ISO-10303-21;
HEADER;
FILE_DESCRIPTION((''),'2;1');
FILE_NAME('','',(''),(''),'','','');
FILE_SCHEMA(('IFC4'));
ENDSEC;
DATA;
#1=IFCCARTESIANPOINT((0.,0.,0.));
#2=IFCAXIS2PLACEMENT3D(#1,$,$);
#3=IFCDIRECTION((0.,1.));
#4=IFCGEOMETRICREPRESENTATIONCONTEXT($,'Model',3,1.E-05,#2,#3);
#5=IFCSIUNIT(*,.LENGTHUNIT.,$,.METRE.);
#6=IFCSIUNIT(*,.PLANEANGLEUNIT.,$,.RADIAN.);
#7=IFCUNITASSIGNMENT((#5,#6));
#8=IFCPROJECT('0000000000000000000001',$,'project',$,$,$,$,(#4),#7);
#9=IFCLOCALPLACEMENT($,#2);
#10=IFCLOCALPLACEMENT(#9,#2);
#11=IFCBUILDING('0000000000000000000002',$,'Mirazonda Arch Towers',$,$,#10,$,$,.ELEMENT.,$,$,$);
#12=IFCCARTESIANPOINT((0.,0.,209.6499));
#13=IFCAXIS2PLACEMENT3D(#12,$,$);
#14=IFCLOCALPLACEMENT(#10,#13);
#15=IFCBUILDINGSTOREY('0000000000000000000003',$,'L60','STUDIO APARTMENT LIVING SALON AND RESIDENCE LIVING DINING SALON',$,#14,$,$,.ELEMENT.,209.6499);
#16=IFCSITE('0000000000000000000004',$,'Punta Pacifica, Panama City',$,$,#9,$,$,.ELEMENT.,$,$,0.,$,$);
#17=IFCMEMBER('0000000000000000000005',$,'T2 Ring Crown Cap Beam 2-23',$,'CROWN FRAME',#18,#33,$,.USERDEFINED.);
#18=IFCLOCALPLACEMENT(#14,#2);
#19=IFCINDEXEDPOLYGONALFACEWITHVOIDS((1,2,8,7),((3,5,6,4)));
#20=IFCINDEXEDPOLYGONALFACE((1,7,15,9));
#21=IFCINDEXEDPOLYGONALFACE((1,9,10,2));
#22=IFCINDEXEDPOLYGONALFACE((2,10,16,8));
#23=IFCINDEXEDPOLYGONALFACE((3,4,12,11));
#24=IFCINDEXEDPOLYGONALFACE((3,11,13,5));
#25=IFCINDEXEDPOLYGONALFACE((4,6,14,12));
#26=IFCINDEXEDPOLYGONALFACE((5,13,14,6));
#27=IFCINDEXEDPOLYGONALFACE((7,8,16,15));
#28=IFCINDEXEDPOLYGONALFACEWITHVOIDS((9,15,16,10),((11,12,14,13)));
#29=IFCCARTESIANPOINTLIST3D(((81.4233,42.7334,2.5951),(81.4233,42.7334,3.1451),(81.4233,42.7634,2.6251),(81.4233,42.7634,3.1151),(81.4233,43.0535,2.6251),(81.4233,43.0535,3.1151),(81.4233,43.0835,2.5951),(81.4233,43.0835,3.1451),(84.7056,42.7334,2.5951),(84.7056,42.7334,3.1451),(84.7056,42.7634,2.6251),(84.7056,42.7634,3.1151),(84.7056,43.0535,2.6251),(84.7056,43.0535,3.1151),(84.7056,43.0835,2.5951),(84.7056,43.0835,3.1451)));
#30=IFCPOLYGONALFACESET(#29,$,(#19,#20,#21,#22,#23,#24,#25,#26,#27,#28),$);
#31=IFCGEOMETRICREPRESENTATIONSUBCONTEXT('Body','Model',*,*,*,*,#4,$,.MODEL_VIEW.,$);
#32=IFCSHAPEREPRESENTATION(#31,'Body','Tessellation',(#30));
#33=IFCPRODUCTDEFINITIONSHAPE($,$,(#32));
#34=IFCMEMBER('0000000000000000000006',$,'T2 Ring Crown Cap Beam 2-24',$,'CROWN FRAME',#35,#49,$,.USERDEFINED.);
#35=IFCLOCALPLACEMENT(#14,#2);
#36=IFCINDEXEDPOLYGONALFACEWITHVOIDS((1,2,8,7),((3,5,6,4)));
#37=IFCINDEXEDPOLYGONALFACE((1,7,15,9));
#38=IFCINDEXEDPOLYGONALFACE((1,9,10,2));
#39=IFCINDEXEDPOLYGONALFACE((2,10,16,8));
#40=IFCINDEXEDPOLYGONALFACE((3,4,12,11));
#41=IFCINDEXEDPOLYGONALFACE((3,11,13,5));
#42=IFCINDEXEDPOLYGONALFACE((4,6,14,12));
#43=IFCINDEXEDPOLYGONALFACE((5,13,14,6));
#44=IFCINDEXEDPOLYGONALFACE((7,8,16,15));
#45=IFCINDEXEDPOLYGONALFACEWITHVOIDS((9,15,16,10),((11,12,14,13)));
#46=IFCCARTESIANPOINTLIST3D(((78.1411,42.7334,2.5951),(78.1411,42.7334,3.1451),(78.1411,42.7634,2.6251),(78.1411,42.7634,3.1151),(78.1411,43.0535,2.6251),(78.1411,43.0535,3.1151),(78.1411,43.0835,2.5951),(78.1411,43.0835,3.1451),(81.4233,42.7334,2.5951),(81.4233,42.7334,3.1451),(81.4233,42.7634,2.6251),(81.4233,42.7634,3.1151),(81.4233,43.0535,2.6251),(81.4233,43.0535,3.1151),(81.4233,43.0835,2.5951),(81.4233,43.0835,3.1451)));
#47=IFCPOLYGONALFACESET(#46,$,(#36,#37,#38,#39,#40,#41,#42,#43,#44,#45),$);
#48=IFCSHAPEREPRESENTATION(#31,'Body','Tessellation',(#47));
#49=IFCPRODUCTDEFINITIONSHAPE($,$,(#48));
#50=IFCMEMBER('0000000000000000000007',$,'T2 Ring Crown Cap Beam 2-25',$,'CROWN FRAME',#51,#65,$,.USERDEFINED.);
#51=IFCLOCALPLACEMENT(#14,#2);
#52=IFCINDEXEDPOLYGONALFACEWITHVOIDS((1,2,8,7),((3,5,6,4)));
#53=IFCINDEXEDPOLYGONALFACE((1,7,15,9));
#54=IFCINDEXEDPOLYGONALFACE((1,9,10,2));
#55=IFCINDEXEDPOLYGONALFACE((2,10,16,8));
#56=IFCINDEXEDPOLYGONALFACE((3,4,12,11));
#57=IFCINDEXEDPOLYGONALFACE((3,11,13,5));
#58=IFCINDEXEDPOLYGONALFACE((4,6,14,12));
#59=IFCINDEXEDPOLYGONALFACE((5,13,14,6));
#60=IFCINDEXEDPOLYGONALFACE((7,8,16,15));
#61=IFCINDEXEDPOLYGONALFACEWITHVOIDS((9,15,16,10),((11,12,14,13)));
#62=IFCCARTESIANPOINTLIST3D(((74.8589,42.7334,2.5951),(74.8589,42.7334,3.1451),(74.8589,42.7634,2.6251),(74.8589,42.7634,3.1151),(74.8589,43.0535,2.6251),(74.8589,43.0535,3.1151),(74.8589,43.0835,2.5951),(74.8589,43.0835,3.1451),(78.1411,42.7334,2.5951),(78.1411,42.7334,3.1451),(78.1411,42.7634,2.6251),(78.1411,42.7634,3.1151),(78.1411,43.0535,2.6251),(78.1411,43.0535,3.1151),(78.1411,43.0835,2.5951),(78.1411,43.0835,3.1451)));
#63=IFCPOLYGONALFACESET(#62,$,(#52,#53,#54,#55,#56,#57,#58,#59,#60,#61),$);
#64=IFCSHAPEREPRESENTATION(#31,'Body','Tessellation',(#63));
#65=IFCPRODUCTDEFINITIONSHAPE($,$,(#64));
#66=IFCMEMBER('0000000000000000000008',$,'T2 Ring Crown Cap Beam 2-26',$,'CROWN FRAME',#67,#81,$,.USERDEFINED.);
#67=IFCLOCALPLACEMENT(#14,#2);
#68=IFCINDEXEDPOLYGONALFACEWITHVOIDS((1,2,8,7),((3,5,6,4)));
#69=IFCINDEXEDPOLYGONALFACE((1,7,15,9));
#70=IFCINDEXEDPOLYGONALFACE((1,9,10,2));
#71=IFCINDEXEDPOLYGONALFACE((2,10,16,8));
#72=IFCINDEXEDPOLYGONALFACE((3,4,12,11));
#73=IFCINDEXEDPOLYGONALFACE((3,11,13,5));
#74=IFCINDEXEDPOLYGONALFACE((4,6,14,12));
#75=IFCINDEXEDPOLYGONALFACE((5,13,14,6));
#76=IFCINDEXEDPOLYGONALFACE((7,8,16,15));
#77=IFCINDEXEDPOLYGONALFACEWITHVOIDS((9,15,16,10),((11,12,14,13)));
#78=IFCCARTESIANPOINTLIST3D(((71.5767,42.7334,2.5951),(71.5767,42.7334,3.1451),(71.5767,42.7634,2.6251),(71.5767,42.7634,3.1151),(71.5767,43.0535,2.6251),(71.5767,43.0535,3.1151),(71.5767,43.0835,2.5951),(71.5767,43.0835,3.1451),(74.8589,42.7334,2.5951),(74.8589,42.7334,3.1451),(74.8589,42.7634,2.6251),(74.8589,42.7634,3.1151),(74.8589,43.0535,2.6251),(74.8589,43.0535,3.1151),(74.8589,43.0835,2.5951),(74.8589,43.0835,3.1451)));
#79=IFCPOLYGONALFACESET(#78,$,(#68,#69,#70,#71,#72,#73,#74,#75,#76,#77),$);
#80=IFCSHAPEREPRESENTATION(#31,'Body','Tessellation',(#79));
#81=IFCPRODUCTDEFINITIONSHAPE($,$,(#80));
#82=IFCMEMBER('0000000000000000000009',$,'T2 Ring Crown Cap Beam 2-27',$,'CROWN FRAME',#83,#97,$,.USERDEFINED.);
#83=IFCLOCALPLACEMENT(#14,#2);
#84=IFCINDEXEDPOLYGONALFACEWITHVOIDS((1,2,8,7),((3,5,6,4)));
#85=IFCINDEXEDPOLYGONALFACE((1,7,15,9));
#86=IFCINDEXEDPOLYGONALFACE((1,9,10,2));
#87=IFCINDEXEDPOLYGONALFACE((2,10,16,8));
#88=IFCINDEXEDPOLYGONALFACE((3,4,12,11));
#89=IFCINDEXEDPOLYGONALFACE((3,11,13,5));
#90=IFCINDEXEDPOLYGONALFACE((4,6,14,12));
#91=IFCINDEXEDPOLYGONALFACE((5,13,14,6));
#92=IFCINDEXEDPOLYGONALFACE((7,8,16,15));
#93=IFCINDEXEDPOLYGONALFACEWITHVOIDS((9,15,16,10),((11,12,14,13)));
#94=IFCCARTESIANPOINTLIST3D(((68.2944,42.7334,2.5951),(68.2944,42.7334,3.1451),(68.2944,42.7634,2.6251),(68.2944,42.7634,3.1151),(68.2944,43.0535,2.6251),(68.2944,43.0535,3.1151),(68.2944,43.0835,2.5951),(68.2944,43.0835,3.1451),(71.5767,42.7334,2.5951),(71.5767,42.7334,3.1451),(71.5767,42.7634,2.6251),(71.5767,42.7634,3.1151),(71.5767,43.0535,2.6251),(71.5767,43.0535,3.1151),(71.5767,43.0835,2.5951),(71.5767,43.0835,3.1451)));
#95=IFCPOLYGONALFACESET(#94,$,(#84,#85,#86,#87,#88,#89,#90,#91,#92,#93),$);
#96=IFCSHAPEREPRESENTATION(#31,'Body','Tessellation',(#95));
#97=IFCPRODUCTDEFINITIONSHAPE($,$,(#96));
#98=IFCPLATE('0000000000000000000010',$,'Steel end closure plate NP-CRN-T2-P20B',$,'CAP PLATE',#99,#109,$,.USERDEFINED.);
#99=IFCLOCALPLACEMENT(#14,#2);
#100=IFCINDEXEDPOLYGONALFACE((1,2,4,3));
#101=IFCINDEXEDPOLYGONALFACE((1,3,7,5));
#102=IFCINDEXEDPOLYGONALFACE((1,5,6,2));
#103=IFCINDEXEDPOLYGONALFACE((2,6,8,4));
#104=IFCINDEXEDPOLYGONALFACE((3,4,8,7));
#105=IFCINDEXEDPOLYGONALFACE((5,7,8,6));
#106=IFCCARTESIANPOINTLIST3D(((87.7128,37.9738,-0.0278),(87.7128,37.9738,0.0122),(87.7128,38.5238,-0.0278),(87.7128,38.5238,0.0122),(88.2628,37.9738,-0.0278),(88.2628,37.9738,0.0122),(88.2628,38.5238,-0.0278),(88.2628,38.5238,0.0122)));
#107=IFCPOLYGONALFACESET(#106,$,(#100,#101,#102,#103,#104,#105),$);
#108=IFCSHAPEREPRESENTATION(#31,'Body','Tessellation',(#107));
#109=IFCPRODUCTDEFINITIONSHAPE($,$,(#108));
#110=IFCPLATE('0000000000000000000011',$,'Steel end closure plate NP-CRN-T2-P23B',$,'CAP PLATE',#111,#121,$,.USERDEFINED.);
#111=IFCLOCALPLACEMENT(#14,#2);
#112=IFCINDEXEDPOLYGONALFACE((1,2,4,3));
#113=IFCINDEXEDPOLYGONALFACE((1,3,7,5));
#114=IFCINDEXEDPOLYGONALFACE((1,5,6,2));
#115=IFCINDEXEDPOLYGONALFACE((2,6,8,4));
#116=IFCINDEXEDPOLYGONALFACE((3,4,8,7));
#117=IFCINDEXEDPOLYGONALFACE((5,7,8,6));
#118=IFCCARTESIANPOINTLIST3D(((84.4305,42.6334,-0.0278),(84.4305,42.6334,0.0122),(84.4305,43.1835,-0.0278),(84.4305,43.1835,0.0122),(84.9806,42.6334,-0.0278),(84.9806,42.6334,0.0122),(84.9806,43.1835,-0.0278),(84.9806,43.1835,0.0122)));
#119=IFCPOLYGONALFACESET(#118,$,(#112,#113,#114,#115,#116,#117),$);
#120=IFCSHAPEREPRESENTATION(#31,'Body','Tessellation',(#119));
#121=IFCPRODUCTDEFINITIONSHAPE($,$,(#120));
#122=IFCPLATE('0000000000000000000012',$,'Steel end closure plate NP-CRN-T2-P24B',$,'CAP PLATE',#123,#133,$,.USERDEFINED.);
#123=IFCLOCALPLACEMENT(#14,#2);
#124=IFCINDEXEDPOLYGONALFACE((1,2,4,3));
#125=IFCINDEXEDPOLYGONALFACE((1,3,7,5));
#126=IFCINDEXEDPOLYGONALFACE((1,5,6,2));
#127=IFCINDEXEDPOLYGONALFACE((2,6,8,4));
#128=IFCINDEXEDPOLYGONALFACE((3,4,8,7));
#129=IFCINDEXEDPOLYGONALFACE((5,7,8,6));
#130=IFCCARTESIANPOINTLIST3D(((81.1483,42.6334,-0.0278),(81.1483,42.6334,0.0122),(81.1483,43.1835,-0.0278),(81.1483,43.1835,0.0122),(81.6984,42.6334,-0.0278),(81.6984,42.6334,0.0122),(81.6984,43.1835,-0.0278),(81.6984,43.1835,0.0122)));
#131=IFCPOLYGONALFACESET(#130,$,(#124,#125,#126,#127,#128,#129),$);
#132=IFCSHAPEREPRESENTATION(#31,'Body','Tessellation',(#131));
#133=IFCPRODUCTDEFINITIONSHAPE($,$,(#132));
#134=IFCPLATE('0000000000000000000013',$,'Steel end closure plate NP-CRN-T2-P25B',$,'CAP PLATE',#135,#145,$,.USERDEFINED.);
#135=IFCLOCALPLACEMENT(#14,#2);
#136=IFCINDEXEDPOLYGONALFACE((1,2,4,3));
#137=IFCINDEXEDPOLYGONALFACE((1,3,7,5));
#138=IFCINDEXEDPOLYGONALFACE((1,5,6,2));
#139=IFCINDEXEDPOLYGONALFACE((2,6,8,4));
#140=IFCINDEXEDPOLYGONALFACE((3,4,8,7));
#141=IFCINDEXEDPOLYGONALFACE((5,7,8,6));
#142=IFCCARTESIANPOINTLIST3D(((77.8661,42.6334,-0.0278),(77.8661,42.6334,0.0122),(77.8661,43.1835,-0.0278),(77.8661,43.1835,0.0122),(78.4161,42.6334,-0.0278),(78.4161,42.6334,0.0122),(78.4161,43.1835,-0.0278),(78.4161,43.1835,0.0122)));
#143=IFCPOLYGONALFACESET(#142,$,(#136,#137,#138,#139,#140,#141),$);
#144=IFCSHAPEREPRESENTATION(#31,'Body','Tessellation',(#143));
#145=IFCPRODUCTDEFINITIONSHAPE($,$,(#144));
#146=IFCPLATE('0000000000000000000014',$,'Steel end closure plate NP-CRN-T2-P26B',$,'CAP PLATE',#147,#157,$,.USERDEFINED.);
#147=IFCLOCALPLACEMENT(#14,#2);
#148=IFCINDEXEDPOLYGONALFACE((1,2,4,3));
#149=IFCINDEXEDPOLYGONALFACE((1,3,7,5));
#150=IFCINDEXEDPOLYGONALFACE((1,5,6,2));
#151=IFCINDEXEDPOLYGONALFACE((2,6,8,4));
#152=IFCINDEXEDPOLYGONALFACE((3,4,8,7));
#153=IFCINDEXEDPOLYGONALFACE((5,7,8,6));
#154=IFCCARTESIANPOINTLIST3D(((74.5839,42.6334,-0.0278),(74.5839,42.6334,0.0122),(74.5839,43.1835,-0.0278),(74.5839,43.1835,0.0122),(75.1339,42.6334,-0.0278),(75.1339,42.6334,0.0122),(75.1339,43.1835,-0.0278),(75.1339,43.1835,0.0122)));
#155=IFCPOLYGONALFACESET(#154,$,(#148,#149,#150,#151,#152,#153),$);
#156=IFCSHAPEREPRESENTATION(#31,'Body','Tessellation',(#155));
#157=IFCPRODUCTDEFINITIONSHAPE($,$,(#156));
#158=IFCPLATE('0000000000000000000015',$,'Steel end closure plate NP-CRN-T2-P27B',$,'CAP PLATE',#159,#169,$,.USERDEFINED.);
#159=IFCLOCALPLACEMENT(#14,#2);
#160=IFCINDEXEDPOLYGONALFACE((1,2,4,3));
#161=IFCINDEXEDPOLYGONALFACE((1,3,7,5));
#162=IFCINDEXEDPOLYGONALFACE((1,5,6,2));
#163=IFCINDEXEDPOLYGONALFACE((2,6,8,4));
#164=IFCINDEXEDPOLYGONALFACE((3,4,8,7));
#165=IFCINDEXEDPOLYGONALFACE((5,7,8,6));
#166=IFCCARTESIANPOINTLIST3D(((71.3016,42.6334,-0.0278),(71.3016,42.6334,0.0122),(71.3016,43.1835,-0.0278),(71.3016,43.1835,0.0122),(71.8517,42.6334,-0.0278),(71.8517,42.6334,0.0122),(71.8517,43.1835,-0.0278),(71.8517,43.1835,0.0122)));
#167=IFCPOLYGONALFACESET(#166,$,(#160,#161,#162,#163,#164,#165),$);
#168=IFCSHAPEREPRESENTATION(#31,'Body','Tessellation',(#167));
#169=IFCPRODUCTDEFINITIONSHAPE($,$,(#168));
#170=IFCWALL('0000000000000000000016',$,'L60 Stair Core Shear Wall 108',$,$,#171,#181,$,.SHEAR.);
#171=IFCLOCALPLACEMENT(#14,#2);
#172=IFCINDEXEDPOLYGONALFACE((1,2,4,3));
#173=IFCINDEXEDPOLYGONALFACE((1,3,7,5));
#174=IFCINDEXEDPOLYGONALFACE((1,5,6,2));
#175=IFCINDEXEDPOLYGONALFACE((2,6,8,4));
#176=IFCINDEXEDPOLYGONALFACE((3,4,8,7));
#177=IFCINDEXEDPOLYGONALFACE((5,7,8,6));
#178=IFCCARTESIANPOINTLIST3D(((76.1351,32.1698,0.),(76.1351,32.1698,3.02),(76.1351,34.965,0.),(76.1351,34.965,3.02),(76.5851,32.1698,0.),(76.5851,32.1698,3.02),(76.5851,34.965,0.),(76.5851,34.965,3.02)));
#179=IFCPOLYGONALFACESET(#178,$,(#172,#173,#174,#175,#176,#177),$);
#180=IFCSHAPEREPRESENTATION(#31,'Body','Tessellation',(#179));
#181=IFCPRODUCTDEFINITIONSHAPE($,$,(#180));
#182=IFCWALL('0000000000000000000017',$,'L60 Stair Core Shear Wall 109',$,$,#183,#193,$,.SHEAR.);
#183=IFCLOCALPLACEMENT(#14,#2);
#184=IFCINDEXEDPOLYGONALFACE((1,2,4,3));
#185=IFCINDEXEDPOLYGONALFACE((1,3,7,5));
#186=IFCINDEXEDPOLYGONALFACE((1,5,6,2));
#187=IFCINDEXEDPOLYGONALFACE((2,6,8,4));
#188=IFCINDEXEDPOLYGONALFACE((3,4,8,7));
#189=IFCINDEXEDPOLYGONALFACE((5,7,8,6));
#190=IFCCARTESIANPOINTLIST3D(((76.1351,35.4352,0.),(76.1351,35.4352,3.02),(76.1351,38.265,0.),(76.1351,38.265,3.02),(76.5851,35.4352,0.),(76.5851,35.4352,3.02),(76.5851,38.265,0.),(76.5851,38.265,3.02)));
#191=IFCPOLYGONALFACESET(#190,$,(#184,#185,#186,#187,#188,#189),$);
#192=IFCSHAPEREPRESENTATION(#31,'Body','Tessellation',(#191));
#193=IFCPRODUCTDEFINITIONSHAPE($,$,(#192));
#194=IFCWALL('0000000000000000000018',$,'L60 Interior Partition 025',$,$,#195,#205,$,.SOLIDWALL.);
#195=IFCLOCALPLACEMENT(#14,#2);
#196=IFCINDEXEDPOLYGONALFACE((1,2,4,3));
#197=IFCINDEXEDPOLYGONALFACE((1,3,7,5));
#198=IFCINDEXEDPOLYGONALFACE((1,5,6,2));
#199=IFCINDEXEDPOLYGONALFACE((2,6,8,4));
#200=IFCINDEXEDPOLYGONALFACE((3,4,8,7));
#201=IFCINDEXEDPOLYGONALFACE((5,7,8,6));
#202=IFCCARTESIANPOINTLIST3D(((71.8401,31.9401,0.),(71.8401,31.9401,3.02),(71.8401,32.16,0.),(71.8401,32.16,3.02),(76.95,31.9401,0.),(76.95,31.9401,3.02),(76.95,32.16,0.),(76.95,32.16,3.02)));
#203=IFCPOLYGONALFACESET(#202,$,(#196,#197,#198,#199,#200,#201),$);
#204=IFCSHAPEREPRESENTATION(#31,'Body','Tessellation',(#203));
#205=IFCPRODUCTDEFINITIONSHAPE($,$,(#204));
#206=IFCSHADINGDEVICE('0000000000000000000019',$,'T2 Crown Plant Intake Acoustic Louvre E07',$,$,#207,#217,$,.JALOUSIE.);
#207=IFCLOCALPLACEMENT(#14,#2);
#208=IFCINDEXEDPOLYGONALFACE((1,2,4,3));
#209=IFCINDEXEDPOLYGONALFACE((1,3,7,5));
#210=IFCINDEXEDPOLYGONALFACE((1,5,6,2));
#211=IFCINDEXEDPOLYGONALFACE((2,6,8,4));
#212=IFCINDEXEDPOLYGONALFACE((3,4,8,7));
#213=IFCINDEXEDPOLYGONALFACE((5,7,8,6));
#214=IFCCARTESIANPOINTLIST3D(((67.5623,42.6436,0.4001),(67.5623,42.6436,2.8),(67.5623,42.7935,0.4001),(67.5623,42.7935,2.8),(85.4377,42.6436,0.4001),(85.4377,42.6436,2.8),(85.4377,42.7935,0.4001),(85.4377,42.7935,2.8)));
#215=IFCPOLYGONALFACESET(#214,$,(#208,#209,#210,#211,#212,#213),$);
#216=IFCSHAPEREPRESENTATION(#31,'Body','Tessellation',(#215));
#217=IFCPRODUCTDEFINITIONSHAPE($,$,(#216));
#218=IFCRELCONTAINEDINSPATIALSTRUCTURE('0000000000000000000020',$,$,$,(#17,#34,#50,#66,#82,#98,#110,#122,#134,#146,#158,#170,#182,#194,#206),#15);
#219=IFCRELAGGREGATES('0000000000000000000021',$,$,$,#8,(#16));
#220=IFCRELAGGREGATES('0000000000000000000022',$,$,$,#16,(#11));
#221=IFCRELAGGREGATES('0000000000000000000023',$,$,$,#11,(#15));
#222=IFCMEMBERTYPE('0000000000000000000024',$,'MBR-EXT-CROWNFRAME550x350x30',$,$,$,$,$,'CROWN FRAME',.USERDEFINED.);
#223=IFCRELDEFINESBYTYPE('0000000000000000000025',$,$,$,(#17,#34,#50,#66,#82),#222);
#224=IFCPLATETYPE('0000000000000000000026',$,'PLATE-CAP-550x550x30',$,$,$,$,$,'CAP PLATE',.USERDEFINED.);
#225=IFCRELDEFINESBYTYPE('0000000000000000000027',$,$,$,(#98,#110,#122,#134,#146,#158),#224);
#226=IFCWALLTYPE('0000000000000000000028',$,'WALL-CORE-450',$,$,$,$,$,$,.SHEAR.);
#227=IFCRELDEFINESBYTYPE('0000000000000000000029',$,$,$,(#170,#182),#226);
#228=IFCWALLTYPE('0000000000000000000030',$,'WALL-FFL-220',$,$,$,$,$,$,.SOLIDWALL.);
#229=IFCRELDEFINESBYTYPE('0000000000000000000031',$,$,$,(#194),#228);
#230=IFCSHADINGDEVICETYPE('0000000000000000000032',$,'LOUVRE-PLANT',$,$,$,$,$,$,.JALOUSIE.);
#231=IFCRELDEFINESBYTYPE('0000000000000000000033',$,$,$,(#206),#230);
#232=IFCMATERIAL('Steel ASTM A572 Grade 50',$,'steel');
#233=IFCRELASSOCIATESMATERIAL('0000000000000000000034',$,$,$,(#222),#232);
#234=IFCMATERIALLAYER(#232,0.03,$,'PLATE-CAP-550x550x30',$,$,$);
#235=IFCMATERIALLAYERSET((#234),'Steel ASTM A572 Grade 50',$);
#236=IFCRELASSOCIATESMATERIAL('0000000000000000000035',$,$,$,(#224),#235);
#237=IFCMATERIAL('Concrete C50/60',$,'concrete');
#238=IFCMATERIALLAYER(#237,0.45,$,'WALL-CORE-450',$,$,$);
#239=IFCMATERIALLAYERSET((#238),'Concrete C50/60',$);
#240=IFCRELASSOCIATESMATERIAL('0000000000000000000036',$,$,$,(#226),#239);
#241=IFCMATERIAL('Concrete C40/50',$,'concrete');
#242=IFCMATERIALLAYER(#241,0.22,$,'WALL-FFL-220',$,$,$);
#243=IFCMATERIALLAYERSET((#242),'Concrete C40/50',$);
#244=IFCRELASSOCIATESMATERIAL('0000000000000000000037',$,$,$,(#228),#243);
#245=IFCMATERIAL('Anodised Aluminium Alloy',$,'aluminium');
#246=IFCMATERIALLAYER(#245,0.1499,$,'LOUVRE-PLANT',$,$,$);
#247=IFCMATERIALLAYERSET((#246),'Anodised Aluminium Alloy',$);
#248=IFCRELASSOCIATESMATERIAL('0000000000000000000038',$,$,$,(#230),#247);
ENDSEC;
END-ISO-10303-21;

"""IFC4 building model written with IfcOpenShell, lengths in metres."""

from ifc_helpers import new_model, si_unit, direction, frame, frame_2d, origin, origin_2d, place, context, subcontext, project, spatial, rectangle, hollow_rectangle, extrude, material, layer, layer_set, material_profile, profile_set, type_object, element, save


model = new_model("IFC4")

# Units and contexts
model_context = context("Model", 3, precision=1e-05, world=origin(), true_north=direction((0.0, 1.0)))
body_context = subcontext(model_context, "Body", "Model", "MODEL_VIEW")
ifc_project = project(units=[si_unit("LENGTHUNIT", "METRE"), si_unit("PLANEANGLEUNIT", "RADIAN")], contexts=[model_context])

# Site, building, storey
site_placement = place(None, origin())
site = spatial("IfcSite", under=ifc_project, at=site_placement, Name="Punta Pacifica, Panama City", CompositionType="ELEMENT", RefElevation=0.0)
building_placement = place(site_placement, origin())
building = spatial("IfcBuilding", under=site, at=building_placement, Name="Mirazonda Arch Towers", CompositionType="ELEMENT")
storey_placement = place(building_placement, frame((0.0, 0.0, 209.6499)))
storey = spatial("IfcBuildingStorey", under=building, at=storey_placement, Name="L60", Description="STUDIO APARTMENT LIVING SALON AND RESIDENCE LIVING DINING SALON", CompositionType="ELEMENT", Elevation=209.6499)

# Members
ifc_material_1 = material(Name="Steel ASTM A572 Grade 50", Category="steel")
ifc_material_profile = material_profile(ifc_material_1, hollow_rectangle(XDim=0.3501, YDim=0.55, WallThickness=0.03, at=origin_2d()), Name="CROWNFRAME550x350x30")
ifc_profile_set = profile_set([ifc_material_profile], Name="Steel ASTM A572 Grade 50")
member_type = type_object("IfcMemberType", Name="MBR-EXT-CROWNFRAME550x350x30", ElementType="CROWN FRAME", PredefinedType="USERDEFINED", material=ifc_profile_set)
for number, where, z_axis, x_axis, name in (
    (1, (84.7056, 42.9084, 2.8701), (-1.0, 0.0, 0.0), (0.0, -1.0, 0.0), "T2 Ring Crown Cap Beam 2-23"),
    (2, (81.4233, 42.9084, 2.8701), (-1.0, 0.0, 0.0), (0.0, -1.0, 0.0), "T2 Ring Crown Cap Beam 2-24"),
    (3, (78.1411, 42.9084, 2.8701), (-1.0, 0.0, 0.0), (0.0, -1.0, 0.0), "T2 Ring Crown Cap Beam 2-25"),
    (4, (74.8589, 42.9084, 2.8701), (-1.0, 0.0, 0.0), (0.0, -1.0, 0.0), "T2 Ring Crown Cap Beam 2-26"),
    (5, (71.5767, 42.9084, 2.8701), (-1.0, 0.0, 0.0), (0.0, -1.0, 0.0), "T2 Ring Crown Cap Beam 2-27"),
):
    element("IfcMember", number, at=place(storey_placement, frame(where, z_axis=z_axis, x_axis=x_axis)), inside=storey, type_object=member_type, Name=name, ObjectType="CROWN FRAME", PredefinedType="USERDEFINED", context=body_context, shape_type="SweptSolid", body=[
        extrude(hollow_rectangle(XDim=0.3501, YDim=0.55, WallThickness=0.03, at=origin_2d()), origin(), (0.0, 0.0, 1.0), 3.2822),
    ])

# Plates
ifc_layer_1 = layer(ifc_material_1, 0.03, Name="PLATE-CAP-550x550x30")
ifc_layer_set_1 = layer_set([ifc_layer_1], Name="Steel ASTM A572 Grade 50")
plate_type = type_object("IfcPlateType", Name="PLATE-CAP-550x550x30", ElementType="CAP PLATE", PredefinedType="USERDEFINED", material=ifc_layer_set_1)
for number, where, z_axis, x_axis, name in (
    (6, (87.9878, 38.2488, -0.0278), (0.0, 0.0, 1.0), (1.0, 0.0, 0.0), "Steel end closure plate NP-CRN-T2-P20B"),
    (7, (84.7056, 42.9084, -0.0278), (0.0, 0.0, 1.0), (1.0, 0.0, 0.0), "Steel end closure plate NP-CRN-T2-P23B"),
    (8, (81.4233, 42.9084, -0.0278), (0.0, 0.0, 1.0), (1.0, 0.0, 0.0), "Steel end closure plate NP-CRN-T2-P24B"),
    (9, (78.1411, 42.9084, -0.0278), (0.0, 0.0, 1.0), (1.0, 0.0, 0.0), "Steel end closure plate NP-CRN-T2-P25B"),
    (10, (74.8589, 42.9084, -0.0278), (0.0, 0.0, 1.0), (1.0, 0.0, 0.0), "Steel end closure plate NP-CRN-T2-P26B"),
    (11, (71.5767, 42.9084, -0.0278), (0.0, 0.0, 1.0), (1.0, 0.0, 0.0), "Steel end closure plate NP-CRN-T2-P27B"),
):
    element("IfcPlate", number, at=place(storey_placement, frame(where, z_axis=z_axis, x_axis=x_axis)), inside=storey, type_object=plate_type, Name=name, ObjectType="CAP PLATE", PredefinedType="USERDEFINED", context=body_context, shape_type="SweptSolid", body=[
        extrude(rectangle(XDim=0.55, YDim=0.55, at=origin_2d()), origin(), (0.0, 0.0, 1.0), 0.04),
    ])

# Walls
ifc_material_2 = material(Name="Concrete C50/60", Category="concrete")
ifc_layer_2 = layer(ifc_material_2, 0.45, Name="WALL-CORE-450")
ifc_layer_set_2 = layer_set([ifc_layer_2], Name="Concrete C50/60")
wall_type_1 = type_object("IfcWallType", Name="WALL-CORE-450", PredefinedType="SHEAR", material=ifc_layer_set_2)
wall_1_placement = place(storey_placement, frame((76.3601, 32.1699, 0.0), z_axis=(0.0, 0.0, 1.0), x_axis=(0.0, 1.0, 0.0)))
element("IfcWall", 12, at=wall_1_placement, inside=storey, type_object=wall_type_1, Name="L60 Stair Core Shear Wall 108", PredefinedType="SHEAR", context=body_context, shape_type="SweptSolid", body=[
    extrude(rectangle(XDim=2.7952, YDim=0.45, at=frame_2d((1.3975, 0.0))), origin(), (0.0, 0.0, 1.0), 3.02),
])
wall_2_placement = place(storey_placement, frame((76.3601, 35.4351, 0.0), z_axis=(0.0, 0.0, 1.0), x_axis=(0.0, 1.0, 0.0)))
element("IfcWall", 13, at=wall_2_placement, inside=storey, type_object=wall_type_1, Name="L60 Stair Core Shear Wall 109", PredefinedType="SHEAR", context=body_context, shape_type="SweptSolid", body=[
    extrude(rectangle(XDim=2.8298, YDim=0.45, at=frame_2d((1.415, 0.0))), origin(), (0.0, 0.0, 1.0), 3.02),
])
ifc_material_3 = material(Name="Concrete C40/50", Category="concrete")
ifc_layer_3 = layer(ifc_material_3, 0.22, Name="WALL-FFL-220")
ifc_layer_set_3 = layer_set([ifc_layer_3], Name="Concrete C40/50")
wall_type_2 = type_object("IfcWallType", Name="WALL-FFL-220", PredefinedType="SOLIDWALL", material=ifc_layer_set_3)
wall_3_placement = place(storey_placement, frame((71.8401, 32.05, 0.0), z_axis=(0.0, 0.0, 1.0), x_axis=(1.0, 0.0, 0.0)))
element("IfcWall", 14, at=wall_3_placement, inside=storey, type_object=wall_type_2, Name="L60 Interior Partition 025", PredefinedType="SOLIDWALL", context=body_context, shape_type="SweptSolid", body=[
    extrude(rectangle(XDim=5.1099, YDim=0.22, at=frame_2d((2.5549, 0.0))), origin(), (0.0, 0.0, 1.0), 3.02),
])

# Shading device
ifc_material_4 = material(Name="Anodised Aluminium Alloy", Category="aluminium")
ifc_layer_4 = layer(ifc_material_4, 0.1499, Name="LOUVRE-PLANT")
ifc_layer_set_4 = layer_set([ifc_layer_4], Name="Anodised Aluminium Alloy")
shading_device_type_1 = type_object("IfcShadingDeviceType", Name="LOUVRE-PLANT", PredefinedType="JALOUSIE", material=ifc_layer_set_4)
shading_device_1_placement = place(storey_placement, frame((85.4377, 42.7185, 0.4001), z_axis=(0.0, 0.0, 1.0), x_axis=(-1.0, 0.0, 0.0)))
element("IfcShadingDevice", 15, at=shading_device_1_placement, inside=storey, type_object=shading_device_type_1, Name="T2 Crown Plant Intake Acoustic Louvre E07", PredefinedType="JALOUSIE", context=body_context, shape_type="SweptSolid", body=[
    extrude(rectangle(XDim=17.8755, YDim=0.1499, at=frame_2d((8.9377, 0.0))), origin(), (0.0, 0.0, 1.0), 2.3999),
])

save(model, "model.ifc")
